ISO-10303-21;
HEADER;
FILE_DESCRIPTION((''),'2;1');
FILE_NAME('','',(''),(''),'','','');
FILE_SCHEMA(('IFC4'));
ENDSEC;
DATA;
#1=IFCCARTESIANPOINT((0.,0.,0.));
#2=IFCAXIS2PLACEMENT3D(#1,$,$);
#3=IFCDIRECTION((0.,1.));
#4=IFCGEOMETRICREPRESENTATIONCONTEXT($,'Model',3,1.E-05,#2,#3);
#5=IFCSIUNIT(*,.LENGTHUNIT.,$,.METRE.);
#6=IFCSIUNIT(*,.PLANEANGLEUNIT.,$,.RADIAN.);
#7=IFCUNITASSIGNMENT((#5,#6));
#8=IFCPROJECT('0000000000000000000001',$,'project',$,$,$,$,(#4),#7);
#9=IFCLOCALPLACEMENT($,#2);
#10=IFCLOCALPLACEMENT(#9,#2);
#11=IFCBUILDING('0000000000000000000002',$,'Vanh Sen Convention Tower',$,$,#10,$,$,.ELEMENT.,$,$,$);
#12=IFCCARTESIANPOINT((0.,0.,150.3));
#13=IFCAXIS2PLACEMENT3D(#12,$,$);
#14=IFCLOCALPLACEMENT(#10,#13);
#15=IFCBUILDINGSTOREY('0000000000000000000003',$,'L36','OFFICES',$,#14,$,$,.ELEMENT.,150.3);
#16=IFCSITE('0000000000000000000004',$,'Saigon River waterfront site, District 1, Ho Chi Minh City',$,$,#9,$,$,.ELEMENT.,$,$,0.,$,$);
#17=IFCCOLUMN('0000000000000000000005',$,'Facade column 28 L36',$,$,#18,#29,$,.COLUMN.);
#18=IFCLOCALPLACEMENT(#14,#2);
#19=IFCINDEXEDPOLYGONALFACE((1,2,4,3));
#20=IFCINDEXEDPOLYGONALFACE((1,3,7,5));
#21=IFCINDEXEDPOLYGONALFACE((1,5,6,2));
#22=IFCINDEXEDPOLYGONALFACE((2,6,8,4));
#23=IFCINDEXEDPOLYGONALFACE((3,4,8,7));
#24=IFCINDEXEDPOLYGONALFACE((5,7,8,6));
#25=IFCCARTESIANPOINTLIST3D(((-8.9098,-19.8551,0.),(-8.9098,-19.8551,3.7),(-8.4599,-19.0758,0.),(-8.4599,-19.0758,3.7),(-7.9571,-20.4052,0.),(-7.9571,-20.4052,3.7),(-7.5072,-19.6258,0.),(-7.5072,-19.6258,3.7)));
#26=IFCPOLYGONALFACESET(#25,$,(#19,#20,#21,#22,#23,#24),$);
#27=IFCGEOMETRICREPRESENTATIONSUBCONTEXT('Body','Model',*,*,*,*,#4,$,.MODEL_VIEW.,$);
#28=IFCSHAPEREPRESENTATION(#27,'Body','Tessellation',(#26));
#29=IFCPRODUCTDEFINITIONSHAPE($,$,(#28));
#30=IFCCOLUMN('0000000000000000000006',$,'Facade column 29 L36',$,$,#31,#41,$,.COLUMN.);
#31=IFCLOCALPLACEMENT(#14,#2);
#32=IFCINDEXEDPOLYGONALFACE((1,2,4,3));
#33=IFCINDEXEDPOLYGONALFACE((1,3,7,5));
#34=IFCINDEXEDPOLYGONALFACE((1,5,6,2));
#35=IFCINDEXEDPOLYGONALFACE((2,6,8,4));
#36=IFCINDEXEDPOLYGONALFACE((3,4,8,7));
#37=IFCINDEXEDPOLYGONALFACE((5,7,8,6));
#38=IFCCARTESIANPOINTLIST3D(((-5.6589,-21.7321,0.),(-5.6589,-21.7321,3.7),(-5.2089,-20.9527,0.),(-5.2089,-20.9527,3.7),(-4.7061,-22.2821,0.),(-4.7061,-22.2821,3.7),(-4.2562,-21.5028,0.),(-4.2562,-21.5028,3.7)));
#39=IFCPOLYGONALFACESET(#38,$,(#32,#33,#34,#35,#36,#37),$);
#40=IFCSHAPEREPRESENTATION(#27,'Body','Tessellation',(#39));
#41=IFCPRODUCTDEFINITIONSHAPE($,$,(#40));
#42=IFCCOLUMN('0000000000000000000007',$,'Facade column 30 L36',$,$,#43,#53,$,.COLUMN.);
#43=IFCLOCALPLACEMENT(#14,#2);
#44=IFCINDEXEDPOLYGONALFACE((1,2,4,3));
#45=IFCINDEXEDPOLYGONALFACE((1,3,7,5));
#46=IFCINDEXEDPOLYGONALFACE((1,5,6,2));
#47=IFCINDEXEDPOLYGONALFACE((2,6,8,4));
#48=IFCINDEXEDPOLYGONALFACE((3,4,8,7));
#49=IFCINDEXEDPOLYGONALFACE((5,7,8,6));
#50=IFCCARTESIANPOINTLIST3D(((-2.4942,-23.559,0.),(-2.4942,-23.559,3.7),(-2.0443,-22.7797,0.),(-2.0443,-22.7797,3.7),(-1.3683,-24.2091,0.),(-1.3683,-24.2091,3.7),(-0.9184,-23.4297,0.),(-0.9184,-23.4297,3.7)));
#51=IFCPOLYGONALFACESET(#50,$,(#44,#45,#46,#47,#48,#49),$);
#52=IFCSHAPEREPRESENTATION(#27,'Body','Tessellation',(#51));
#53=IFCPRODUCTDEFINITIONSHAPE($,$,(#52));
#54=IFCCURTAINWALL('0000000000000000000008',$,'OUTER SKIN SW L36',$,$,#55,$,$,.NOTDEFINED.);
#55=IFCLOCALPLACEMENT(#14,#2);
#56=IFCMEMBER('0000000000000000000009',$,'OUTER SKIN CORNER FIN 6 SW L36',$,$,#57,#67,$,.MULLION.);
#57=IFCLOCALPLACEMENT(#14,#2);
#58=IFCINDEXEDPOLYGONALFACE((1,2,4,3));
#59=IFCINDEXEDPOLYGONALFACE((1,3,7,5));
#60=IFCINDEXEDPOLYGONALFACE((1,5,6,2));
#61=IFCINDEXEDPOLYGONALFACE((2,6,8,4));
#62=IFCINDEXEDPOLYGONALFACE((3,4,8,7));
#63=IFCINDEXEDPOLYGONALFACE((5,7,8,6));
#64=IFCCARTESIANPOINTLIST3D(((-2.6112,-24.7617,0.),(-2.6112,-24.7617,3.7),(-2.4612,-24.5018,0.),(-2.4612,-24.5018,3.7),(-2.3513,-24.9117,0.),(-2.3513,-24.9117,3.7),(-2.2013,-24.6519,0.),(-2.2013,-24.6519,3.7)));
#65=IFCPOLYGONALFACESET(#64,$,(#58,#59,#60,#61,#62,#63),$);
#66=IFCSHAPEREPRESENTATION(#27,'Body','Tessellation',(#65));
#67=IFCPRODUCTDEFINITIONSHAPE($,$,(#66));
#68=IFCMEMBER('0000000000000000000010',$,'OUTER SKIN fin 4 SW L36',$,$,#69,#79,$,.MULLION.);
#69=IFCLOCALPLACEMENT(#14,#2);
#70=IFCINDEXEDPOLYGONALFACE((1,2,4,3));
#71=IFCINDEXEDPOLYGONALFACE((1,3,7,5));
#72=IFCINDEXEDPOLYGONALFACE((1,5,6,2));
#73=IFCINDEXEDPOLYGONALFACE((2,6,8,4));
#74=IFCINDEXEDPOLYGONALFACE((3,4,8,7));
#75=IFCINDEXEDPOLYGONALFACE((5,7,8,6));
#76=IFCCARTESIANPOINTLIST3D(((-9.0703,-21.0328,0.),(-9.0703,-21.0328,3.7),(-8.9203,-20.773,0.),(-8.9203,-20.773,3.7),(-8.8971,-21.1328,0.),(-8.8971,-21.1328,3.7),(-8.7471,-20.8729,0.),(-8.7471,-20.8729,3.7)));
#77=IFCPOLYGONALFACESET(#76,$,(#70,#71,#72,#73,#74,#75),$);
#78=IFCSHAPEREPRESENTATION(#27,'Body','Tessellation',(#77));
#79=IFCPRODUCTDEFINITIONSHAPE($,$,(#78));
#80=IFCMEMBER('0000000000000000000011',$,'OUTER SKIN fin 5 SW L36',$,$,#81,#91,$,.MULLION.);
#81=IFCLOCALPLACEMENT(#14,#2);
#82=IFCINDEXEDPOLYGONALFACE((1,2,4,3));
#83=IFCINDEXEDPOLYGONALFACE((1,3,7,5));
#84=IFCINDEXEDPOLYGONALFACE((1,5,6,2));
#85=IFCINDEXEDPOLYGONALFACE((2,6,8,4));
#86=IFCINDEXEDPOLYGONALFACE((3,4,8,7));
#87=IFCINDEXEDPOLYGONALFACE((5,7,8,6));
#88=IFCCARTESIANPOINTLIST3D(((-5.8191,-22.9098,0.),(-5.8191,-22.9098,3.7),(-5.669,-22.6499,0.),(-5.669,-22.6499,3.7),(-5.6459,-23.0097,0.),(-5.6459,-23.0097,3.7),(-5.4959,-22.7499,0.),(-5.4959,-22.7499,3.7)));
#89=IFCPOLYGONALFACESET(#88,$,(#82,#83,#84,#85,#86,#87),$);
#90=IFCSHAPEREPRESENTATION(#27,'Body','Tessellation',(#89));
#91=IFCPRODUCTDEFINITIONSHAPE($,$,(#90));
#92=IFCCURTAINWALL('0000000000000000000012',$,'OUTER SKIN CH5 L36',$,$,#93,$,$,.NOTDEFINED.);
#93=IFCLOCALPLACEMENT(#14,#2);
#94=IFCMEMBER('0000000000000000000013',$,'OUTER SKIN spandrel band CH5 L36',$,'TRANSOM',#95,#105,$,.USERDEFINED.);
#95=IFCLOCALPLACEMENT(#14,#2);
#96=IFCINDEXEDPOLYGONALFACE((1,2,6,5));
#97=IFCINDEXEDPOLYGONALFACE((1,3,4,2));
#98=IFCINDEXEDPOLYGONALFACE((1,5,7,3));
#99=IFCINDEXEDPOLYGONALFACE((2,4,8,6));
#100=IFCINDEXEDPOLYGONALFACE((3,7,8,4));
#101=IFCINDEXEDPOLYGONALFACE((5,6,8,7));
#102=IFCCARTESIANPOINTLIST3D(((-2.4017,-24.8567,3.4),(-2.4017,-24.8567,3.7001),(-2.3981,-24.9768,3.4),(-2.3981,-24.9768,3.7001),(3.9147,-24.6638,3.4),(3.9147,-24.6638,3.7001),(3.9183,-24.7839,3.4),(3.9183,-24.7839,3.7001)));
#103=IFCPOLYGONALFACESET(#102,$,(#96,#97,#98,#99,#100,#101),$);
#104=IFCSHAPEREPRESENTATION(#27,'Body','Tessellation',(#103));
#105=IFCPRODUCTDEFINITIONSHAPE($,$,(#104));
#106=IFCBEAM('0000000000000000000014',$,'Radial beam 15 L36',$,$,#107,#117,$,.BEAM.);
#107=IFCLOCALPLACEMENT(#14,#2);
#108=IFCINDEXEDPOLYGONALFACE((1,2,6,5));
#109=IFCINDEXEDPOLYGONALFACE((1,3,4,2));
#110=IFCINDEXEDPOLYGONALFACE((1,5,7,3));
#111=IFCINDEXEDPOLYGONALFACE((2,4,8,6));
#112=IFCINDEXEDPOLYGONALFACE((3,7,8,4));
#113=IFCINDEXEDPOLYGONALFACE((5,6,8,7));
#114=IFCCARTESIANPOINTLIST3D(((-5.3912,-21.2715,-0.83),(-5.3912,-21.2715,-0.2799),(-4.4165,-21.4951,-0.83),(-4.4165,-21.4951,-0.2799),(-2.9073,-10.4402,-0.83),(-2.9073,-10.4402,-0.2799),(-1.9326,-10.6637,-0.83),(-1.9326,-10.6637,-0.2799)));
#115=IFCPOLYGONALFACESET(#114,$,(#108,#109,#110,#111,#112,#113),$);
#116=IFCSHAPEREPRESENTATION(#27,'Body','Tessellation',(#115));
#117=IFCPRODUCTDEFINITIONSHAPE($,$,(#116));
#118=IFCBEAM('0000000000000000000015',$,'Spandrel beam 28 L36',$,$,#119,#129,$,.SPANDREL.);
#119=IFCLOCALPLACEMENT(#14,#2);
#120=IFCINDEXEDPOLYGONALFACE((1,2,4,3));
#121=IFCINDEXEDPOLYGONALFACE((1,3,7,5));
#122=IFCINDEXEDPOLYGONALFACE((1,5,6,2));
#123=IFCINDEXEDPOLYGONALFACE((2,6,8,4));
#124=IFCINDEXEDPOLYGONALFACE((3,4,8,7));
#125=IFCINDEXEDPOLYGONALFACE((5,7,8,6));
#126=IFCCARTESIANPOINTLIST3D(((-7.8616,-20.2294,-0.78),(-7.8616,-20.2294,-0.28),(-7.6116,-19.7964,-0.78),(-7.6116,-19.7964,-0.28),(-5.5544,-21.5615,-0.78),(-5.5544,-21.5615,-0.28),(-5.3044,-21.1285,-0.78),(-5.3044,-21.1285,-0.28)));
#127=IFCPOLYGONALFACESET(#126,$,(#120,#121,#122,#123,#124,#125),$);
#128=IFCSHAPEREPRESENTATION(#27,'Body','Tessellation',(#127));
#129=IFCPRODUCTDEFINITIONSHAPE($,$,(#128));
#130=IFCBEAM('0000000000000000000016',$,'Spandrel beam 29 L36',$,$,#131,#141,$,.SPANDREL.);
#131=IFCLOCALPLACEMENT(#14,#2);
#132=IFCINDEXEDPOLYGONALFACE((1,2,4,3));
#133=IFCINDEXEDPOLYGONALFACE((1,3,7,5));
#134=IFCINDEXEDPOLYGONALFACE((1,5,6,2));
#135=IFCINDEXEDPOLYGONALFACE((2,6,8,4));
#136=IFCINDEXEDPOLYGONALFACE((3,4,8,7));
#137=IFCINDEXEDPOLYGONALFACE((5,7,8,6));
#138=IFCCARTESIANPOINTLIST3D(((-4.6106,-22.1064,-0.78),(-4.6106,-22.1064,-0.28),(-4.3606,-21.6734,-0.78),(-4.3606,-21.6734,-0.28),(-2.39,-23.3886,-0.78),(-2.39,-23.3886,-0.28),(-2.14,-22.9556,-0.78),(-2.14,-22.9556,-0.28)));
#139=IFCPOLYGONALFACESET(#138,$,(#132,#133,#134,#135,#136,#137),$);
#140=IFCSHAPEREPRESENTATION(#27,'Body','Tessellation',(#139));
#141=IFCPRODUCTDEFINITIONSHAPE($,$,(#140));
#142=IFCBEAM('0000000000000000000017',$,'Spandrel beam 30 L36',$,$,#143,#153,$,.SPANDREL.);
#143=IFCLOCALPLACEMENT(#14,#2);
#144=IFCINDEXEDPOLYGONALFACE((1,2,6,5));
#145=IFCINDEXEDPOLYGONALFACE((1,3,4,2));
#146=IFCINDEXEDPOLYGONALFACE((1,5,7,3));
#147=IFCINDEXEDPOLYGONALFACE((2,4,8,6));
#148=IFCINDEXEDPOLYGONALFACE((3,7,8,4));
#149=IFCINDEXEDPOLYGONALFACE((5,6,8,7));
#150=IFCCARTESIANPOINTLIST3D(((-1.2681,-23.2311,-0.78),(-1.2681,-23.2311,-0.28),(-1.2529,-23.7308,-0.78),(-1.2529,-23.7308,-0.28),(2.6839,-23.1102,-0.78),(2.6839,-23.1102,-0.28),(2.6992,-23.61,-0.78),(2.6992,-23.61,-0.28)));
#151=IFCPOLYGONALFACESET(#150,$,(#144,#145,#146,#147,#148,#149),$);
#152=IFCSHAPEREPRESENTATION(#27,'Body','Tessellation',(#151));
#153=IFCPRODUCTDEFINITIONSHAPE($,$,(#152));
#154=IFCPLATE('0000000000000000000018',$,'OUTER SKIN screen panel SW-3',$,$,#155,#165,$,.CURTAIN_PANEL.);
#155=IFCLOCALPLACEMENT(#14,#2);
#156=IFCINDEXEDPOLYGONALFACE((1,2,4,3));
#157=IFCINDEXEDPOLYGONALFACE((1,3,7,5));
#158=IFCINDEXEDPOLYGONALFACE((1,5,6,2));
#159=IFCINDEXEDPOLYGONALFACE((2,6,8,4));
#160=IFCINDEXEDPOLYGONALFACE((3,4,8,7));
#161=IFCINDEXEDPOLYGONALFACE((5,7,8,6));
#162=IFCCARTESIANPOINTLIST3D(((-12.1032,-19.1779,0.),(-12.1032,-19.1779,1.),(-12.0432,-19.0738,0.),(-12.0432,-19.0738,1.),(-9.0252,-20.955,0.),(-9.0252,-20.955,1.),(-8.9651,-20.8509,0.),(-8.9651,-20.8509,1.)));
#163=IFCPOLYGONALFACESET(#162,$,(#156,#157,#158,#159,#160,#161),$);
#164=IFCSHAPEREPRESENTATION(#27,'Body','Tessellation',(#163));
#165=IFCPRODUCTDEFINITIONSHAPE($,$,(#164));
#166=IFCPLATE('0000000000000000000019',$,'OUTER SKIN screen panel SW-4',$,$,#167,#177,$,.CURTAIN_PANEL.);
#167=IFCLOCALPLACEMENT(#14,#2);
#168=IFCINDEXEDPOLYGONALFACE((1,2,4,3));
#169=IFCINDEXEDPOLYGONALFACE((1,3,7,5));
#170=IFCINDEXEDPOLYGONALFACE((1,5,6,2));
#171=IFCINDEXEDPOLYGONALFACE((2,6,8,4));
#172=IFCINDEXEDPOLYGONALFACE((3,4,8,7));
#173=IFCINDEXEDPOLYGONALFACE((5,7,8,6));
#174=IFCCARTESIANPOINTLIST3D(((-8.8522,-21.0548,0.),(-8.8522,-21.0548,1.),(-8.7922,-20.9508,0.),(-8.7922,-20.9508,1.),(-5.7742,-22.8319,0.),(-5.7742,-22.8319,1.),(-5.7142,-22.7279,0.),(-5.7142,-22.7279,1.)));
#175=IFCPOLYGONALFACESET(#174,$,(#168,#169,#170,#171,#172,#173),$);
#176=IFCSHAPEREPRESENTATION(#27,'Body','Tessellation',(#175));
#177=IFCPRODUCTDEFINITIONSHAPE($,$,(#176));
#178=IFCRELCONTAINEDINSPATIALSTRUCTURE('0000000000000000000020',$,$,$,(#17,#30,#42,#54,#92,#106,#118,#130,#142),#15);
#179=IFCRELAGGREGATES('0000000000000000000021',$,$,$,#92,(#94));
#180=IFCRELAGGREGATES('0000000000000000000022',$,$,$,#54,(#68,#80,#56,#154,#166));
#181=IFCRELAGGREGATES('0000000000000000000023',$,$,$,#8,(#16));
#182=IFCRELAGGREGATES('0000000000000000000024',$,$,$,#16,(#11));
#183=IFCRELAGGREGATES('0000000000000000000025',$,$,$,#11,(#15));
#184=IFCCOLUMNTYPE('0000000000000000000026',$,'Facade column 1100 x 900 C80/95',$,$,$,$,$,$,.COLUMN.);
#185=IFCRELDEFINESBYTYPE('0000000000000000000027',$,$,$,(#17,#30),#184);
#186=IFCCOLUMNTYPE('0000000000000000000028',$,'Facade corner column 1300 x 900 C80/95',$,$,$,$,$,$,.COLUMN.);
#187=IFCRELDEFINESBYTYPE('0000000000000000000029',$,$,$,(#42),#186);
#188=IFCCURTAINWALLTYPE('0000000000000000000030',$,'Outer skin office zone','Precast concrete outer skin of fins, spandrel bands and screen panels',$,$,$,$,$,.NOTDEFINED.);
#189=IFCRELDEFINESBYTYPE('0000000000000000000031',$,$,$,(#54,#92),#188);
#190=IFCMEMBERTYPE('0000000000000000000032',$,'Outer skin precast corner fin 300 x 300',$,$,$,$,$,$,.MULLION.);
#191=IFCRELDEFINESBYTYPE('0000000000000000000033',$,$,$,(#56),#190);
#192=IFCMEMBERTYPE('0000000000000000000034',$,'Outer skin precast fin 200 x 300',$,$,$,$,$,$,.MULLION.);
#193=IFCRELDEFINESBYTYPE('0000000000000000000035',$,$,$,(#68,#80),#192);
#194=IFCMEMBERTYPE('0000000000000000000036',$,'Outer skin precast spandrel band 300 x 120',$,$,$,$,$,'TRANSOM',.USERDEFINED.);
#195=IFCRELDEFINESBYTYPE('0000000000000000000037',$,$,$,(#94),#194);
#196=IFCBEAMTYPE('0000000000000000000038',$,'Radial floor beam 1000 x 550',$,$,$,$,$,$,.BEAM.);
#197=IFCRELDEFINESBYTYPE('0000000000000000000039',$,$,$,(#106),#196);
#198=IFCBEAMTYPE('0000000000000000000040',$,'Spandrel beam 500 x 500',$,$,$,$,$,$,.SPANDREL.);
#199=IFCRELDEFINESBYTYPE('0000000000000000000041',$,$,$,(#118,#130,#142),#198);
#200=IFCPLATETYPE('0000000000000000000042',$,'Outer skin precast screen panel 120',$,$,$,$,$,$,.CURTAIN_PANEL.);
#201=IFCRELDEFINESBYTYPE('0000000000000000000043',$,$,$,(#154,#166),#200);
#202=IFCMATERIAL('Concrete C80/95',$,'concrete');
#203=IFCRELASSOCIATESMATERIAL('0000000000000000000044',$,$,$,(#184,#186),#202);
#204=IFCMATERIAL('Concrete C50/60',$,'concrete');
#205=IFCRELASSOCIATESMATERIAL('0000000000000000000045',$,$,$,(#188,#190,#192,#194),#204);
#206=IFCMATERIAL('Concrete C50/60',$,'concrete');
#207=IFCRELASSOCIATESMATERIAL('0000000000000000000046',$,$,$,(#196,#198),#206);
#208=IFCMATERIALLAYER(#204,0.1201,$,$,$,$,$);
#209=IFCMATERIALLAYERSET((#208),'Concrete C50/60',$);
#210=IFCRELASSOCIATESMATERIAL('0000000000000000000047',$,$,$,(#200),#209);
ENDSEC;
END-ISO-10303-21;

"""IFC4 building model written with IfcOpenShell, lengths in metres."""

from ifc_helpers import new_model, si_unit, direction, frame, origin, origin_2d, place, context, subcontext, project, spatial, rectangle, extrude, material, layer, layer_set, material_profile, profile_set, type_object, element, aggregate, save


model = new_model("IFC4")

# Units and contexts
model_context = context("Model", 3, precision=1e-05, world=origin(), true_north=direction((0.0, 1.0)))
body_context = subcontext(model_context, "Body", "Model", "MODEL_VIEW")
ifc_project = project(units=[si_unit("LENGTHUNIT", "METRE"), si_unit("PLANEANGLEUNIT", "RADIAN")], contexts=[model_context])

# Site, building, storey
site_placement = place(None, origin())
site = spatial("IfcSite", under=ifc_project, at=site_placement, Name="Saigon River waterfront site, District 1, Ho Chi Minh City", CompositionType="ELEMENT", RefElevation=0.0)
building_placement = place(site_placement, origin())
building = spatial("IfcBuilding", under=site, at=building_placement, Name="Vanh Sen Convention Tower", CompositionType="ELEMENT")
storey_placement = place(building_placement, frame((0.0, 0.0, 150.3)))
storey = spatial("IfcBuildingStorey", under=building, at=storey_placement, Name="L36", Description="OFFICES", CompositionType="ELEMENT", Elevation=150.3)

# Columns
ifc_material_1 = material(Name="Concrete C80/95", Category="concrete")
ifc_material_profile_1 = material_profile(ifc_material_1, rectangle(XDim=1.1001, YDim=0.8999, at=origin_2d()), Name="RC 1100X900")
ifc_profile_set_1 = profile_set([ifc_material_profile_1], Name="Concrete C80/95")
column_type_1 = type_object("IfcColumnType", Name="Facade column 1100 x 900 C80/95", PredefinedType="COLUMN", material=ifc_profile_set_1)
for number, where, z_axis, x_axis, name in (
    (1, (-8.2085, -19.7405, 0.0), (0.0, 0.0, 1.0), (0.866025, -0.5, 0.0), "Facade column 28 L36"),
    (2, (-4.9575, -21.6174, 0.0), (0.0, 0.0, 1.0), (0.866025, -0.5, 0.0), "Facade column 29 L36"),
):
    element("IfcColumn", number, at=place(storey_placement, frame(where, z_axis=z_axis, x_axis=x_axis)), inside=storey, type_object=column_type_1, Name=name, PredefinedType="COLUMN", context=body_context, shape_type="SweptSolid", body=[
        extrude(rectangle(XDim=1.1001, YDim=0.8999, at=origin_2d()), origin(), (0.0, 0.0, 1.0), 3.7),
    ])
ifc_material_profile_2 = material_profile(ifc_material_1, rectangle(XDim=1.3, YDim=0.8999, at=origin_2d()), Name="RC 1300X900")
ifc_profile_set_2 = profile_set([ifc_material_profile_2], Name="Concrete C80/95")
column_type_2 = type_object("IfcColumnType", Name="Facade corner column 1300 x 900 C80/95", PredefinedType="COLUMN", material=ifc_profile_set_2)
column_placement = place(storey_placement, frame((-1.7063, -23.4944, 0.0), z_axis=(0.0, 0.0, 1.0), x_axis=(0.866025, -0.5, 0.0)))
element("IfcColumn", 3, at=column_placement, inside=storey, type_object=column_type_2, Name="Facade column 30 L36", PredefinedType="COLUMN", context=body_context, shape_type="SweptSolid", body=[
    extrude(rectangle(XDim=1.3, YDim=0.8999, at=origin_2d()), origin(), (0.0, 0.0, 1.0), 3.7),
])

# Curtain wall, members
ifc_material_2 = material(Name="Concrete C50/60", Category="concrete")
curtain_wall_type = type_object("IfcCurtainWallType", Name="Outer skin office zone", Description="Precast concrete outer skin of fins, spandrel bands and screen panels", PredefinedType="NOTDEFINED", material=ifc_material_2)
curtain_wall_1_placement = place(storey_placement, origin())
curtain_wall_1 = element("IfcCurtainWall", 4, at=curtain_wall_1_placement, inside=storey, type_object=curtain_wall_type, Name="OUTER SKIN SW L36", PredefinedType="NOTDEFINED")
ifc_material_profile_3 = material_profile(ifc_material_2, rectangle(XDim=0.3, YDim=0.3, at=origin_2d()), Name="Outer skin precast corner fin 300 x 300")
ifc_profile_set_3 = profile_set([ifc_material_profile_3], Name="Concrete C50/60")
member_type_1 = type_object("IfcMemberType", Name="Outer skin precast corner fin 300 x 300", PredefinedType="MULLION", material=ifc_profile_set_3)
member_1_placement = place(storey_placement, frame((-2.4062, -24.7068, 0.0), z_axis=(0.0, 0.0, 1.0), x_axis=(0.866025, -0.5, 0.0)))
member_1 = element("IfcMember", 5, at=member_1_placement, type_object=member_type_1, Name="OUTER SKIN CORNER FIN 6 SW L36", PredefinedType="MULLION", context=body_context, shape_type="SweptSolid", body=[
    extrude(rectangle(XDim=0.3, YDim=0.3, at=origin_2d()), origin(), (0.0, 0.0, 1.0), 3.7),
])
ifc_material_profile_4 = material_profile(ifc_material_2, rectangle(XDim=0.2, YDim=0.3, at=origin_2d()), Name="Outer skin precast fin 200 x 300")
ifc_profile_set_4 = profile_set([ifc_material_profile_4], Name="Concrete C50/60")
member_type_2 = type_object("IfcMemberType", Name="Outer skin precast fin 200 x 300", PredefinedType="MULLION", material=ifc_profile_set_4)
member_2_placement = place(storey_placement, frame((-8.9087, -20.9529, 0.0), z_axis=(0.0, 0.0, 1.0), x_axis=(0.866025, -0.5, 0.0)))
member_2 = element("IfcMember", 6, at=member_2_placement, type_object=member_type_2, Name="OUTER SKIN fin 4 SW L36", PredefinedType="MULLION", context=body_context, shape_type="SweptSolid", body=[
    extrude(rectangle(XDim=0.2, YDim=0.3, at=origin_2d()), origin(), (0.0, 0.0, 1.0), 3.7),
])
member_3_placement = place(storey_placement, frame((-5.6575, -22.8298, 0.0), z_axis=(0.0, 0.0, 1.0), x_axis=(0.866025, -0.5, 0.0)))
member_3 = element("IfcMember", 7, at=member_3_placement, type_object=member_type_2, Name="OUTER SKIN fin 5 SW L36", PredefinedType="MULLION", context=body_context, shape_type="SweptSolid", body=[
    extrude(rectangle(XDim=0.2, YDim=0.3, at=origin_2d()), origin(), (0.0, 0.0, 1.0), 3.7),
])

# Curtain wall, member
curtain_wall_2_placement = place(storey_placement, origin())
curtain_wall_2 = element("IfcCurtainWall", 8, at=curtain_wall_2_placement, inside=storey, type_object=curtain_wall_type, Name="OUTER SKIN CH5 L36", PredefinedType="NOTDEFINED")
ifc_material_profile_5 = material_profile(ifc_material_2, rectangle(XDim=0.1201, YDim=0.3, at=origin_2d()), Name="Outer skin precast spandrel band 300 x 120")
ifc_profile_set_5 = profile_set([ifc_material_profile_5], Name="Concrete C50/60")
member_type_3 = type_object("IfcMemberType", Name="Outer skin precast spandrel band 300 x 120", ElementType="TRANSOM", PredefinedType="USERDEFINED", material=ifc_profile_set_5)
member_4_placement = place(storey_placement, frame((-2.3999, -24.9167, 3.55), z_axis=(0.999534, 0.030521, 0.0), x_axis=(-0.030521, 0.999534, 0.0)))
member_4 = element("IfcMember", 9, at=member_4_placement, type_object=member_type_3, Name="OUTER SKIN spandrel band CH5 L36", ObjectType="TRANSOM", PredefinedType="USERDEFINED", context=body_context, shape_type="SweptSolid", body=[
    extrude(rectangle(XDim=0.1201, YDim=0.3, at=origin_2d()), origin(), (0.0, 0.0, 1.0), 6.3193),
])
aggregate(curtain_wall_2, [member_4])

# Beams
ifc_material_3 = material(Name="Concrete C50/60", Category="concrete")
ifc_material_profile_6 = material_profile(ifc_material_3, rectangle(XDim=1.0, YDim=0.55, at=origin_2d()), Name="RC 1000X550")
ifc_profile_set_6 = profile_set([ifc_material_profile_6], Name="Concrete C50/60")
beam_type_1 = type_object("IfcBeamType", Name="Radial floor beam 1000 x 550", PredefinedType="BEAM", material=ifc_profile_set_6)
beam_1_placement = place(storey_placement, frame((-4.9038, -21.3833, -0.5549), z_axis=(0.223523, 0.974699, 0.0), x_axis=(-0.974699, 0.223523, 0.0)))
element("IfcBeam", 10, at=beam_1_placement, inside=storey, type_object=beam_type_1, Name="Radial beam 15 L36", PredefinedType="BEAM", context=body_context, shape_type="SweptSolid", body=[
    extrude(rectangle(XDim=1.0, YDim=0.55, at=origin_2d()), origin(), (0.0, 0.0, 1.0), 11.1125),
])
ifc_material_profile_7 = material_profile(ifc_material_3, rectangle(XDim=0.5, YDim=0.5, at=origin_2d()), Name="RC 500X500")
ifc_profile_set_7 = profile_set([ifc_material_profile_7], Name="Concrete C50/60")
beam_type_2 = type_object("IfcBeamType", Name="Spandrel beam 500 x 500", PredefinedType="SPANDREL", material=ifc_profile_set_7)
beam_2_placement = place(storey_placement, frame((-7.7366, -20.0129, -0.53), z_axis=(0.866024, -0.500003, 0.0), x_axis=(0.500003, 0.866024, 0.0)))
element("IfcBeam", 11, at=beam_2_placement, inside=storey, type_object=beam_type_2, Name="Spandrel beam 28 L36", PredefinedType="SPANDREL", context=body_context, shape_type="SweptSolid", body=[
    extrude(rectangle(XDim=0.5, YDim=0.5, at=origin_2d()), origin(), (0.0, 0.0, 1.0), 2.6641),
])
beam_3_placement = place(storey_placement, frame((-4.4856, -21.8899, -0.53), z_axis=(0.866008, -0.50003, 0.0), x_axis=(0.50003, 0.866008, 0.0)))
element("IfcBeam", 12, at=beam_3_placement, inside=storey, type_object=beam_type_2, Name="Spandrel beam 29 L36", PredefinedType="SPANDREL", context=body_context, shape_type="SweptSolid", body=[
    extrude(rectangle(XDim=0.5, YDim=0.5, at=origin_2d()), origin(), (0.0, 0.0, 1.0), 2.5642),
])
beam_4_placement = place(storey_placement, frame((-1.2605, -23.481, -0.53), z_axis=(0.999533, 0.030566, 0.0), x_axis=(-0.030566, 0.999533, 0.0)))
element("IfcBeam", 13, at=beam_4_placement, inside=storey, type_object=beam_type_2, Name="Spandrel beam 30 L36", PredefinedType="SPANDREL", context=body_context, shape_type="SweptSolid", body=[
    extrude(rectangle(XDim=0.5, YDim=0.5, at=origin_2d()), origin(), (0.0, 0.0, 1.0), 3.9539),
])

# Plates
ifc_layer_1 = layer(ifc_material_2, 0.1201)
ifc_layer_set_1 = layer_set([ifc_layer_1], Name="Concrete C50/60")
plate_type = type_object("IfcPlateType", Name="Outer skin precast screen panel 120", PredefinedType="CURTAIN_PANEL", material=ifc_layer_set_1)
plate_1_placement = place(storey_placement, frame((-10.5342, -20.0144, 0.0), z_axis=(0.0, 0.0, 1.0), x_axis=(0.866024, -0.500003, 0.0)))
plate_1 = element("IfcPlate", 14, at=plate_1_placement, type_object=plate_type, Name="OUTER SKIN screen panel SW-3", PredefinedType="CURTAIN_PANEL", context=body_context, shape_type="SweptSolid", body=[
    extrude(rectangle(XDim=3.5542, YDim=0.1201, at=origin_2d()), origin(), (0.0, 0.0, 1.0), 1.0),
])
plate_2_placement = place(storey_placement, frame((-7.2832, -21.8914, 0.0), z_axis=(0.0, 0.0, 1.0), x_axis=(0.866017, -0.500015, 0.0)))
plate_2 = element("IfcPlate", 15, at=plate_2_placement, type_object=plate_type, Name="OUTER SKIN screen panel SW-4", PredefinedType="CURTAIN_PANEL", context=body_context, shape_type="SweptSolid", body=[
    extrude(rectangle(XDim=3.5542, YDim=0.1201, at=origin_2d()), origin(), (0.0, 0.0, 1.0), 1.0),
])
aggregate(curtain_wall_1, [member_2, member_3, member_1, plate_1, plate_2])

save(model, "model.ifc")
